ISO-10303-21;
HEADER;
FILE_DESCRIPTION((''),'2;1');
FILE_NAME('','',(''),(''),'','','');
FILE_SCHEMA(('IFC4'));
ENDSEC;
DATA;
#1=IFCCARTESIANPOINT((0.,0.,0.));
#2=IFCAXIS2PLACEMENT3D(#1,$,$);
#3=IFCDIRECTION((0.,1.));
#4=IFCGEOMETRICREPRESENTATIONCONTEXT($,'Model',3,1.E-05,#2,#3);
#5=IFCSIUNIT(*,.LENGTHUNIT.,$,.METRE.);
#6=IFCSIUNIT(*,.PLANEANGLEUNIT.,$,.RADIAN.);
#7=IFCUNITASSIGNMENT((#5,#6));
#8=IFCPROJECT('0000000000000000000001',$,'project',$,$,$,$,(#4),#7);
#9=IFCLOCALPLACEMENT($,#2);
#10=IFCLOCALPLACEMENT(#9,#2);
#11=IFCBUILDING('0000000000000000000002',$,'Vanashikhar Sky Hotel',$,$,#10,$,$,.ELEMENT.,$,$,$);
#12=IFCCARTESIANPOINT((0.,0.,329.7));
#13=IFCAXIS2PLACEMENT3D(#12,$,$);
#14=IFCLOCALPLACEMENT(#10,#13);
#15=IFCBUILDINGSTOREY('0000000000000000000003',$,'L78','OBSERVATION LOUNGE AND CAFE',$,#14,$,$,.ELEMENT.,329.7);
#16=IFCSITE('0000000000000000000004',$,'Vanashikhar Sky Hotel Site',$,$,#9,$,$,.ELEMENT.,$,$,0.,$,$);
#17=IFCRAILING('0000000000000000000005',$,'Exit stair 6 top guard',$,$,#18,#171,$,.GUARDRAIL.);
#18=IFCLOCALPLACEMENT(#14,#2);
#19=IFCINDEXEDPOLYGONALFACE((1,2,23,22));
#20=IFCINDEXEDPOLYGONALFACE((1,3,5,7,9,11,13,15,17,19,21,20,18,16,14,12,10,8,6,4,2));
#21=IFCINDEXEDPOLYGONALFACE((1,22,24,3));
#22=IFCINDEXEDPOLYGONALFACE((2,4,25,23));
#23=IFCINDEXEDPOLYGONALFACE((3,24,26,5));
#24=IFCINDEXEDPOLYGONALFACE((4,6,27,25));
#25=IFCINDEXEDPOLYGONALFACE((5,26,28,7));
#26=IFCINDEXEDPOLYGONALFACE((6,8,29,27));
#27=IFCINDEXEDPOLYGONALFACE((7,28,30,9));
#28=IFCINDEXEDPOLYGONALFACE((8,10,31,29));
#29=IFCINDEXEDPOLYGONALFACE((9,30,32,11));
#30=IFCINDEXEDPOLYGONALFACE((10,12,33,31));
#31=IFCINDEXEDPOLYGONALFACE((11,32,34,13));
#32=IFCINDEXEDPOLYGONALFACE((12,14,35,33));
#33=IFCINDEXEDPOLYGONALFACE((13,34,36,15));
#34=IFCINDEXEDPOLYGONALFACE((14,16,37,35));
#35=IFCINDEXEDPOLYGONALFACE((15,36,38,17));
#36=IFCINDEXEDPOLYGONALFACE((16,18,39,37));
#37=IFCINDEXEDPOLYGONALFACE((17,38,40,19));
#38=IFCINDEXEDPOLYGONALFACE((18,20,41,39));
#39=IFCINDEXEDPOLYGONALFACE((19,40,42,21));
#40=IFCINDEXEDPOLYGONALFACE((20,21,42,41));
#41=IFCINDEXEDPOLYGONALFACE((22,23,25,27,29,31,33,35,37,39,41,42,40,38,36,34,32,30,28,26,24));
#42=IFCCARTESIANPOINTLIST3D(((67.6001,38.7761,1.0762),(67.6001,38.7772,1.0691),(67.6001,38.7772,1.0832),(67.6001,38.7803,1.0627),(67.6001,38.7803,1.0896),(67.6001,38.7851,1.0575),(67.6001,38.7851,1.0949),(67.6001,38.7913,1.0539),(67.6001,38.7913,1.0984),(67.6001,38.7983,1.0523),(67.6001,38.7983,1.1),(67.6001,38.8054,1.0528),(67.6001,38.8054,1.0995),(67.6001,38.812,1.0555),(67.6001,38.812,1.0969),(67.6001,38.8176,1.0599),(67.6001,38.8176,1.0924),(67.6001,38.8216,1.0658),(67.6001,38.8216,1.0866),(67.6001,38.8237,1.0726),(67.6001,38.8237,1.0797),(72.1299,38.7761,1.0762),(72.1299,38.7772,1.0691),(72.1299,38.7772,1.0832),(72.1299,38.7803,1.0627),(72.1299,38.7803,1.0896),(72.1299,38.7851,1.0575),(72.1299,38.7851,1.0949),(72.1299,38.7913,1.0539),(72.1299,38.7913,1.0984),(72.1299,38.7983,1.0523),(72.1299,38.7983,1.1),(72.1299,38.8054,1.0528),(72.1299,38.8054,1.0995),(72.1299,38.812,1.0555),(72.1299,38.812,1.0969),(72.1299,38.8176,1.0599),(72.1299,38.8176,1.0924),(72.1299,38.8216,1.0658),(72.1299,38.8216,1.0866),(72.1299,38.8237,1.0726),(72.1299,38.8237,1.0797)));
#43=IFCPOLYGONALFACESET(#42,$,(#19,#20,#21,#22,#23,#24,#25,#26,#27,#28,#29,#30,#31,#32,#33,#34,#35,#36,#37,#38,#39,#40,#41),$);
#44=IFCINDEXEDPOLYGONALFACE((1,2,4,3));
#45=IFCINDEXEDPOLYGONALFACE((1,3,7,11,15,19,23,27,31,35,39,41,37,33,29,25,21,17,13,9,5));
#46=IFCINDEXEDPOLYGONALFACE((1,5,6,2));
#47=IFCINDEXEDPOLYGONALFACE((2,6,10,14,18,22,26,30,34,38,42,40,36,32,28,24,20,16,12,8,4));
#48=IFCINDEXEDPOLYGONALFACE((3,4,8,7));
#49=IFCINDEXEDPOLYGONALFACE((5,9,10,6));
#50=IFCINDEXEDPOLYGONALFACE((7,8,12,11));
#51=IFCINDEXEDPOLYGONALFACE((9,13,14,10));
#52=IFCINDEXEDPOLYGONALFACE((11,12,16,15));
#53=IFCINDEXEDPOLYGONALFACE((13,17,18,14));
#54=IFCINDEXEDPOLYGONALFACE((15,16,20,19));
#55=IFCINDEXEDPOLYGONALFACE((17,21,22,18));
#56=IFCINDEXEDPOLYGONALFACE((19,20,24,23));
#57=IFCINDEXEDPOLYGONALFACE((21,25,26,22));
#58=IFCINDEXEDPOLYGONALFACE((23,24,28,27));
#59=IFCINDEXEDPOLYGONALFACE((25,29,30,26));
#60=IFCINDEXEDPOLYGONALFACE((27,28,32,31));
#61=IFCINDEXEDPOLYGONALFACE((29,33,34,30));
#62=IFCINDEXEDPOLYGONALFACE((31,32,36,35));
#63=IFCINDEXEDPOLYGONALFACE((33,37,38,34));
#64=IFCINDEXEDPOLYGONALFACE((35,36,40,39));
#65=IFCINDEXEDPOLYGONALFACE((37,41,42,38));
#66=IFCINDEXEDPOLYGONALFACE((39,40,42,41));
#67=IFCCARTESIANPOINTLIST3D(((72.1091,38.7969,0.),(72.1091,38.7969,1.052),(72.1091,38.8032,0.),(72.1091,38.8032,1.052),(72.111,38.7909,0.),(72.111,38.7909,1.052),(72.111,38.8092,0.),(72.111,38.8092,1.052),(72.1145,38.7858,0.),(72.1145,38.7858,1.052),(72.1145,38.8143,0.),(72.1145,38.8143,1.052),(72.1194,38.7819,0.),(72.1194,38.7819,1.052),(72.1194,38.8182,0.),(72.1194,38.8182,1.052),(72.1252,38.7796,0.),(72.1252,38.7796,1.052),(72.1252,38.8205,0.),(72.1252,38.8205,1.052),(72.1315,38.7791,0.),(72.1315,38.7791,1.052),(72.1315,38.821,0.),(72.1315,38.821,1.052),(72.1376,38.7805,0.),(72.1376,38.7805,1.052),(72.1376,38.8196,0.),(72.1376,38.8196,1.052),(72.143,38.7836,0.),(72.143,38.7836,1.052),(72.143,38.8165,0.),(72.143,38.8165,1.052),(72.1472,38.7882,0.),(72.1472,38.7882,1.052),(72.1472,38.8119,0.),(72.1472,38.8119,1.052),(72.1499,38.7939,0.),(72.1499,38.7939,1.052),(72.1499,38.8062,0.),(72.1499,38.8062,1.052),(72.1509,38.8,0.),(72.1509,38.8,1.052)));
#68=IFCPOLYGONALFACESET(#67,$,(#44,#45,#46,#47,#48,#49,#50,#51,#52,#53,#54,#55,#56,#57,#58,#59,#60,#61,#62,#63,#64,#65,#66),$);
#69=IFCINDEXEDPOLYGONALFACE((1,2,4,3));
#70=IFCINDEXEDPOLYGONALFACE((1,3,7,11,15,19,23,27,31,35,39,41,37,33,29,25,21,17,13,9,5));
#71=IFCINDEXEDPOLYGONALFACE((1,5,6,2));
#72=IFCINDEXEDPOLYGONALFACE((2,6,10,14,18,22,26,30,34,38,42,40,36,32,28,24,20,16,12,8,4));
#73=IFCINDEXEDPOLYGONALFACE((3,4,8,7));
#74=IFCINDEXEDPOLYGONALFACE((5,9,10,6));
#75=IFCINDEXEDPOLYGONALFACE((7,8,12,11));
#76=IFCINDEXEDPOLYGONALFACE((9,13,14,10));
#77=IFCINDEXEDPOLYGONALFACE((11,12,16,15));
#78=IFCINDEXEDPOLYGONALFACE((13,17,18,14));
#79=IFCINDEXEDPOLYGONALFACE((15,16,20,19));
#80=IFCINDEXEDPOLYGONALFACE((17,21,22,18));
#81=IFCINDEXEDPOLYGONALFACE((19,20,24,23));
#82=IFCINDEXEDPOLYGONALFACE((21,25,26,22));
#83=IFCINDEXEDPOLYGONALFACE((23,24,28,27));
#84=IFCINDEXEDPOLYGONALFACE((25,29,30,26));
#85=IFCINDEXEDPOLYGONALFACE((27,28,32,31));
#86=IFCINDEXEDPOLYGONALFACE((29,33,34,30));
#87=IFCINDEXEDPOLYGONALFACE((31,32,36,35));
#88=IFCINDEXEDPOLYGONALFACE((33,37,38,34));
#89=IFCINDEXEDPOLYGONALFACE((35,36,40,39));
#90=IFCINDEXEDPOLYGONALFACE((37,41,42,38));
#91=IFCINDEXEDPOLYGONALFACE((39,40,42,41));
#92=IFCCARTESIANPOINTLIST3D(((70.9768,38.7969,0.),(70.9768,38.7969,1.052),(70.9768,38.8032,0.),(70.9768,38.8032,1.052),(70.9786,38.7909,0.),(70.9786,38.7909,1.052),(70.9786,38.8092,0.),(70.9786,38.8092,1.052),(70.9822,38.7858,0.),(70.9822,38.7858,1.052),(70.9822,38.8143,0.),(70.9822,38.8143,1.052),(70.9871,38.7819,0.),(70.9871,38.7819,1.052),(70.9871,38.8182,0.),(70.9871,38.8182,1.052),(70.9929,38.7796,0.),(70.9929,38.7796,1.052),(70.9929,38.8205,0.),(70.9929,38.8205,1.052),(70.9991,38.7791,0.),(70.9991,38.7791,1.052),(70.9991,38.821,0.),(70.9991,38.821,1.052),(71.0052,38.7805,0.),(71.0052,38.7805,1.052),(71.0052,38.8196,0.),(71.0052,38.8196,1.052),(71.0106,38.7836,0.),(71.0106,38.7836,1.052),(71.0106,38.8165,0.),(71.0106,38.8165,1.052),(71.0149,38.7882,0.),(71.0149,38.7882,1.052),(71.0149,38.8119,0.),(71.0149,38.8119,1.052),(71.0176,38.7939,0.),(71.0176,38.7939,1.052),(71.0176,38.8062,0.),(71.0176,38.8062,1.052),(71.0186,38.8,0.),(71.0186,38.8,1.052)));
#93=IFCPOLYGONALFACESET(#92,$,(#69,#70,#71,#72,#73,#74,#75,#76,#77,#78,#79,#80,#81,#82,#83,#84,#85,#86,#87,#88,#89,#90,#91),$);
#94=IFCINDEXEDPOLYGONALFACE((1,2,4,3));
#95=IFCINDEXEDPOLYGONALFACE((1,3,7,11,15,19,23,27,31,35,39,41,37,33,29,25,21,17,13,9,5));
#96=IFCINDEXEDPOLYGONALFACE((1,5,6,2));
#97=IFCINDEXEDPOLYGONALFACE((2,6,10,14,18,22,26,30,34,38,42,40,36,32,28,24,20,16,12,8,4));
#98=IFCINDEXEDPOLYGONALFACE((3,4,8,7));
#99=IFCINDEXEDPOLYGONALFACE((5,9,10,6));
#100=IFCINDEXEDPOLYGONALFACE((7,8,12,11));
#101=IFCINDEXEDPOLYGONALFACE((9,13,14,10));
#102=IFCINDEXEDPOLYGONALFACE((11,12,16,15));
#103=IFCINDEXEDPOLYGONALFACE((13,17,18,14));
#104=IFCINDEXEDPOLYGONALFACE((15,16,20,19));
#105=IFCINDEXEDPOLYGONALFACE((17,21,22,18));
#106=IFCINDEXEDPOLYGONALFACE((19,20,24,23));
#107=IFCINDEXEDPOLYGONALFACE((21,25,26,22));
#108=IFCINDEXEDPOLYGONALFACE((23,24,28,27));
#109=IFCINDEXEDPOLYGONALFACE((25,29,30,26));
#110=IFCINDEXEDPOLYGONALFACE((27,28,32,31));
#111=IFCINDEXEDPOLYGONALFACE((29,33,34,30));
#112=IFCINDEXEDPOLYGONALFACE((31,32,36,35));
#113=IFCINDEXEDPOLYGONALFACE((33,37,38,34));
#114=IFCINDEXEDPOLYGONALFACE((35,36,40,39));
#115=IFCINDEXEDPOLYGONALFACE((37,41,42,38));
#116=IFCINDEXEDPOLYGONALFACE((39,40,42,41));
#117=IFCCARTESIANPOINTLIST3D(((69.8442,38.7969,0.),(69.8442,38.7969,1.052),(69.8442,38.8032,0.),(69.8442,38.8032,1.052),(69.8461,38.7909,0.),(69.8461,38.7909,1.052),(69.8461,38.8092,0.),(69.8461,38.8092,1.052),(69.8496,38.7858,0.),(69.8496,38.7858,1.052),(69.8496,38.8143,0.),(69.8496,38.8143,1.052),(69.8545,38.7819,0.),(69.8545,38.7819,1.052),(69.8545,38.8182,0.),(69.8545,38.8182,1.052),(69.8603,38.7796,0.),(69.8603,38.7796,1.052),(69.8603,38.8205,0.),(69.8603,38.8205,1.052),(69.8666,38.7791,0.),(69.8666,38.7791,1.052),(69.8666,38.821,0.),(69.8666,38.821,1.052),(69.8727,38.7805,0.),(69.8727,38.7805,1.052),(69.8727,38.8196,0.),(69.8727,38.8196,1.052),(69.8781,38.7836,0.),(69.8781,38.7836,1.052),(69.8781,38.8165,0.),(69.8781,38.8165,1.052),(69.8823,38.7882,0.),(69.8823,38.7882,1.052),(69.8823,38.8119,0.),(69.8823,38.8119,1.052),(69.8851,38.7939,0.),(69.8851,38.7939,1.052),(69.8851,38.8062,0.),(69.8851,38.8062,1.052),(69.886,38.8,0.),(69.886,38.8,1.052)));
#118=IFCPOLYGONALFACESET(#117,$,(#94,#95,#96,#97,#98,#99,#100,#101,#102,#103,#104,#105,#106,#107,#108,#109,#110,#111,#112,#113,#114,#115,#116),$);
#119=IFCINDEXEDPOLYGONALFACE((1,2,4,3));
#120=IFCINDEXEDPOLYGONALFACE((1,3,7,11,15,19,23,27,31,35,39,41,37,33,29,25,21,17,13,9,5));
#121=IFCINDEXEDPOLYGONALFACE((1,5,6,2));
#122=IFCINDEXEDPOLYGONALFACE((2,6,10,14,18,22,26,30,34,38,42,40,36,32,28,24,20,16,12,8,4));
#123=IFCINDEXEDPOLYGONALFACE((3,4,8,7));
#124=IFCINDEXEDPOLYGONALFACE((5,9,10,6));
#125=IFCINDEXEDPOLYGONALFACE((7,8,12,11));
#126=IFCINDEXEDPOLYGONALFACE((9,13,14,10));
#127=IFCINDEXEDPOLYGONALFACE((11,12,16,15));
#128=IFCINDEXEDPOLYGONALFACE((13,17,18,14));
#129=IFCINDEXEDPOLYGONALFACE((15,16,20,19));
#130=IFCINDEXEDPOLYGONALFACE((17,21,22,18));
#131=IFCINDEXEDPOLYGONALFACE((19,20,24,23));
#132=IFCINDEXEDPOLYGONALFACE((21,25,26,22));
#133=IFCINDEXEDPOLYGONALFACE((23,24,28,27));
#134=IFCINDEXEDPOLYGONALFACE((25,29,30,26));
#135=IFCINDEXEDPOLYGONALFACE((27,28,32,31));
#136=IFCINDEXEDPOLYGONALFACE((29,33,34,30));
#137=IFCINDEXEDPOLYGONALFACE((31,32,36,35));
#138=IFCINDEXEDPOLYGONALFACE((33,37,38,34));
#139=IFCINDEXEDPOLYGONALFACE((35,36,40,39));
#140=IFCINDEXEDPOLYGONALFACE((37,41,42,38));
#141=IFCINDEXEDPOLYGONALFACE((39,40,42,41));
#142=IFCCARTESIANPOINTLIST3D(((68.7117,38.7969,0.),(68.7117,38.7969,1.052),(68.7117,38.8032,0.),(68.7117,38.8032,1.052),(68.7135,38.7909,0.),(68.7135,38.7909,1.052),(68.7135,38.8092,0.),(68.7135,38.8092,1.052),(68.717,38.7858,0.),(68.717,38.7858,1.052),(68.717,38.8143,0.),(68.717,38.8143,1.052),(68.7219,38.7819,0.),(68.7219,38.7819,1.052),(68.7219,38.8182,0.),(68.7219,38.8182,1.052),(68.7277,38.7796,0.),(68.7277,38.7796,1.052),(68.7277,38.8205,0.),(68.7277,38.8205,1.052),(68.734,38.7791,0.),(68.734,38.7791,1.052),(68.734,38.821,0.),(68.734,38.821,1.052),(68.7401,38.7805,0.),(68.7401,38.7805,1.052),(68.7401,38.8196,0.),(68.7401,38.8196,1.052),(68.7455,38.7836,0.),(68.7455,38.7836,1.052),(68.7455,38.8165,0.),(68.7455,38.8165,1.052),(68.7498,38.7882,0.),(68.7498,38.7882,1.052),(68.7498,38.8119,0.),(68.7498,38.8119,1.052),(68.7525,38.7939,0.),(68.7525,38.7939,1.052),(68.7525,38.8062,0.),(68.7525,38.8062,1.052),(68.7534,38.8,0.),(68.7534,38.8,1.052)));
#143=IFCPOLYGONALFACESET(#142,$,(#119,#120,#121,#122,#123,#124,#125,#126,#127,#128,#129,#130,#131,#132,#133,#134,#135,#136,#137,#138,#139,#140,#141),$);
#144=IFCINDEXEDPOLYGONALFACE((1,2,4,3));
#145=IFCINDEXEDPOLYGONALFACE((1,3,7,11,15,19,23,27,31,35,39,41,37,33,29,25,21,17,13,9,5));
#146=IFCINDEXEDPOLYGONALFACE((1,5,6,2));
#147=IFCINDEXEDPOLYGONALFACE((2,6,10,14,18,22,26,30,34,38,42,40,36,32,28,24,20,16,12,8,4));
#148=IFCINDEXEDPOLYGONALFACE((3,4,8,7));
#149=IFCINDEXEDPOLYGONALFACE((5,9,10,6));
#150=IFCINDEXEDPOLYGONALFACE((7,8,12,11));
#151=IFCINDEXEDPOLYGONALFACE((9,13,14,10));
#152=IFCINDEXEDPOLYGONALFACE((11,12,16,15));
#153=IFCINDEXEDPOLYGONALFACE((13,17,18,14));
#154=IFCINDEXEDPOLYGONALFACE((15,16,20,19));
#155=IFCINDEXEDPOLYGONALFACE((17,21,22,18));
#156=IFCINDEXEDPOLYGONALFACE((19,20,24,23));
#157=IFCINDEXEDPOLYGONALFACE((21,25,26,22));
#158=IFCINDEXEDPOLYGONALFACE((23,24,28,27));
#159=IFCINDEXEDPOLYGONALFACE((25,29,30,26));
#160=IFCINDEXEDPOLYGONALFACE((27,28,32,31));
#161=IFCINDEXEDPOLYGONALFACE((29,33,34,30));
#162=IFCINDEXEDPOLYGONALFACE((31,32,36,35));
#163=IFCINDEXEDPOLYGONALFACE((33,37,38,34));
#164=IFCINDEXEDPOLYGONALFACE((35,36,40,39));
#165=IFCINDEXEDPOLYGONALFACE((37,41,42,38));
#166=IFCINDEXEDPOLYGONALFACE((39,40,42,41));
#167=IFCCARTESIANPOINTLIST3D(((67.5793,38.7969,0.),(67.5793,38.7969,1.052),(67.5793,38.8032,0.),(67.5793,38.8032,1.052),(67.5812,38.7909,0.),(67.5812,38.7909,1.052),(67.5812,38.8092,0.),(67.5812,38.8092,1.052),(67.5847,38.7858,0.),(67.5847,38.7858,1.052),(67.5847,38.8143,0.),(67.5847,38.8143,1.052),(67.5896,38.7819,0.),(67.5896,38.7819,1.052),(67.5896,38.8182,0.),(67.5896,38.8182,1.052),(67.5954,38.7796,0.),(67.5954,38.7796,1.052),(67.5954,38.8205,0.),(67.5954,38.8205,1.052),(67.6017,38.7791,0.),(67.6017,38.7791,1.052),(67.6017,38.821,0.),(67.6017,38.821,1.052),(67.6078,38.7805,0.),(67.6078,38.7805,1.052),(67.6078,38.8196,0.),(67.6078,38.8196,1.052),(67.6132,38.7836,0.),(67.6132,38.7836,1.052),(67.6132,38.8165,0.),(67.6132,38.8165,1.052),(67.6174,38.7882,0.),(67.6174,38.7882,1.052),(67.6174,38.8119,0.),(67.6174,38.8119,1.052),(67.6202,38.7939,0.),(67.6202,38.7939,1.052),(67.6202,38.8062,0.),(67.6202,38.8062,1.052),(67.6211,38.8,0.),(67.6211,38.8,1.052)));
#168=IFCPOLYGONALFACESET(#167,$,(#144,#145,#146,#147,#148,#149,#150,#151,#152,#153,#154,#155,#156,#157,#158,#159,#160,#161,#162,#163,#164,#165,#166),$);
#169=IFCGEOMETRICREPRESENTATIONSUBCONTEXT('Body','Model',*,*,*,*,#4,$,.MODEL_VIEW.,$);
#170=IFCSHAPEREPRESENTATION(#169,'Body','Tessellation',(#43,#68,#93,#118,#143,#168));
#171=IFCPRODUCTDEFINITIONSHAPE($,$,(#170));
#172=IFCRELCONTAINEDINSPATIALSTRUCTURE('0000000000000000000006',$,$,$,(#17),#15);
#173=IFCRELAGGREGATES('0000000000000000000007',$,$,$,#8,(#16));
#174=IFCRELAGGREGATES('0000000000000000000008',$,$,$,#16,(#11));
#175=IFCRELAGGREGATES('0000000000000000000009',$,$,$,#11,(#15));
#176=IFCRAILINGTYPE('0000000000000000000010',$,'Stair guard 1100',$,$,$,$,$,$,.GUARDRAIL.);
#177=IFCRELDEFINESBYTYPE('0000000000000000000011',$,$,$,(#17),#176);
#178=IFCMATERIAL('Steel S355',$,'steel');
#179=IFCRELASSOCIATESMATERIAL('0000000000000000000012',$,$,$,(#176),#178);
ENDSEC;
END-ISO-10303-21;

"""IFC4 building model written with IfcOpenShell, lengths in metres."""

from ifc_helpers import new_model, si_unit, direction, frame, origin, origin_2d, place, context, subcontext, project, spatial, circle, extrude, source, transform, mapped, material, type_object, element, save


model = new_model("IFC4")

# Units and contexts
model_context = context("Model", 3, precision=1e-05, world=origin(), true_north=direction((0.0, 1.0)))
body_context = subcontext(model_context, "Body", "Model", "MODEL_VIEW")
ifc_project = project(units=[si_unit("LENGTHUNIT", "METRE"), si_unit("PLANEANGLEUNIT", "RADIAN")], contexts=[model_context])

# Site, building, storey
site_placement = place(None, origin())
site = spatial("IfcSite", under=ifc_project, at=site_placement, Name="Vanashikhar Sky Hotel Site", CompositionType="ELEMENT", RefElevation=0.0)
building_placement = place(site_placement, origin())
building = spatial("IfcBuilding", under=site, at=building_placement, Name="Vanashikhar Sky Hotel", CompositionType="ELEMENT")
storey_placement = place(building_placement, frame((0.0, 0.0, 329.7)))
storey = spatial("IfcBuildingStorey", under=building, at=storey_placement, Name="L78", Description="OBSERVATION LOUNGE AND CAFE", CompositionType="ELEMENT", Elevation=329.7)

# Shared definitions
ifc_material_1 = material(Name="Steel S355", Category="steel")

# Railing
railing_type = type_object("IfcRailingType", Name="Stair guard 1100", PredefinedType="GUARDRAIL", material=ifc_material_1)
shared_shape_1 = source(origin(), body_context, "Body", "SweptSolid", [
    extrude(circle(Radius=0.0239, at=origin_2d()), frame((0.0, 0.0, 1.0762), z_axis=(-1.0, 0.0, 0.0), x_axis=(0.0, -1.0, 0.0)), (0.0, 0.0, 1.0), 4.5298),
    extrude(circle(Radius=0.021, at=origin_2d()), origin(), (0.0, 0.0, 1.0), 1.052),
    extrude(circle(Radius=0.021, at=origin_2d()), frame((-1.1323, 0.0, 0.0)), (0.0, 0.0, 1.0), 1.052),
    extrude(circle(Radius=0.021, at=origin_2d()), frame((-2.2649, 0.0, 0.0)), (0.0, 0.0, 1.0), 1.052),
    extrude(circle(Radius=0.021, at=origin_2d()), frame((-3.3975, 0.0, 0.0)), (0.0, 0.0, 1.0), 1.052),
    extrude(circle(Radius=0.021, at=origin_2d()), frame((-4.5298, 0.0, 0.0)), (0.0, 0.0, 1.0), 1.052),
])
railing_placement = place(storey_placement, frame((72.1299, 38.8, 0.0)))
element("IfcRailing", 1, at=railing_placement, inside=storey, type_object=railing_type, Name="Exit stair 6 top guard", PredefinedType="GUARDRAIL", context=body_context, shape_type="MappedRepresentation", body=[
    mapped(shared_shape_1, transform((0.0, 0.0, 0.0), scale=1.0)),
])

save(model, "model.ifc")
